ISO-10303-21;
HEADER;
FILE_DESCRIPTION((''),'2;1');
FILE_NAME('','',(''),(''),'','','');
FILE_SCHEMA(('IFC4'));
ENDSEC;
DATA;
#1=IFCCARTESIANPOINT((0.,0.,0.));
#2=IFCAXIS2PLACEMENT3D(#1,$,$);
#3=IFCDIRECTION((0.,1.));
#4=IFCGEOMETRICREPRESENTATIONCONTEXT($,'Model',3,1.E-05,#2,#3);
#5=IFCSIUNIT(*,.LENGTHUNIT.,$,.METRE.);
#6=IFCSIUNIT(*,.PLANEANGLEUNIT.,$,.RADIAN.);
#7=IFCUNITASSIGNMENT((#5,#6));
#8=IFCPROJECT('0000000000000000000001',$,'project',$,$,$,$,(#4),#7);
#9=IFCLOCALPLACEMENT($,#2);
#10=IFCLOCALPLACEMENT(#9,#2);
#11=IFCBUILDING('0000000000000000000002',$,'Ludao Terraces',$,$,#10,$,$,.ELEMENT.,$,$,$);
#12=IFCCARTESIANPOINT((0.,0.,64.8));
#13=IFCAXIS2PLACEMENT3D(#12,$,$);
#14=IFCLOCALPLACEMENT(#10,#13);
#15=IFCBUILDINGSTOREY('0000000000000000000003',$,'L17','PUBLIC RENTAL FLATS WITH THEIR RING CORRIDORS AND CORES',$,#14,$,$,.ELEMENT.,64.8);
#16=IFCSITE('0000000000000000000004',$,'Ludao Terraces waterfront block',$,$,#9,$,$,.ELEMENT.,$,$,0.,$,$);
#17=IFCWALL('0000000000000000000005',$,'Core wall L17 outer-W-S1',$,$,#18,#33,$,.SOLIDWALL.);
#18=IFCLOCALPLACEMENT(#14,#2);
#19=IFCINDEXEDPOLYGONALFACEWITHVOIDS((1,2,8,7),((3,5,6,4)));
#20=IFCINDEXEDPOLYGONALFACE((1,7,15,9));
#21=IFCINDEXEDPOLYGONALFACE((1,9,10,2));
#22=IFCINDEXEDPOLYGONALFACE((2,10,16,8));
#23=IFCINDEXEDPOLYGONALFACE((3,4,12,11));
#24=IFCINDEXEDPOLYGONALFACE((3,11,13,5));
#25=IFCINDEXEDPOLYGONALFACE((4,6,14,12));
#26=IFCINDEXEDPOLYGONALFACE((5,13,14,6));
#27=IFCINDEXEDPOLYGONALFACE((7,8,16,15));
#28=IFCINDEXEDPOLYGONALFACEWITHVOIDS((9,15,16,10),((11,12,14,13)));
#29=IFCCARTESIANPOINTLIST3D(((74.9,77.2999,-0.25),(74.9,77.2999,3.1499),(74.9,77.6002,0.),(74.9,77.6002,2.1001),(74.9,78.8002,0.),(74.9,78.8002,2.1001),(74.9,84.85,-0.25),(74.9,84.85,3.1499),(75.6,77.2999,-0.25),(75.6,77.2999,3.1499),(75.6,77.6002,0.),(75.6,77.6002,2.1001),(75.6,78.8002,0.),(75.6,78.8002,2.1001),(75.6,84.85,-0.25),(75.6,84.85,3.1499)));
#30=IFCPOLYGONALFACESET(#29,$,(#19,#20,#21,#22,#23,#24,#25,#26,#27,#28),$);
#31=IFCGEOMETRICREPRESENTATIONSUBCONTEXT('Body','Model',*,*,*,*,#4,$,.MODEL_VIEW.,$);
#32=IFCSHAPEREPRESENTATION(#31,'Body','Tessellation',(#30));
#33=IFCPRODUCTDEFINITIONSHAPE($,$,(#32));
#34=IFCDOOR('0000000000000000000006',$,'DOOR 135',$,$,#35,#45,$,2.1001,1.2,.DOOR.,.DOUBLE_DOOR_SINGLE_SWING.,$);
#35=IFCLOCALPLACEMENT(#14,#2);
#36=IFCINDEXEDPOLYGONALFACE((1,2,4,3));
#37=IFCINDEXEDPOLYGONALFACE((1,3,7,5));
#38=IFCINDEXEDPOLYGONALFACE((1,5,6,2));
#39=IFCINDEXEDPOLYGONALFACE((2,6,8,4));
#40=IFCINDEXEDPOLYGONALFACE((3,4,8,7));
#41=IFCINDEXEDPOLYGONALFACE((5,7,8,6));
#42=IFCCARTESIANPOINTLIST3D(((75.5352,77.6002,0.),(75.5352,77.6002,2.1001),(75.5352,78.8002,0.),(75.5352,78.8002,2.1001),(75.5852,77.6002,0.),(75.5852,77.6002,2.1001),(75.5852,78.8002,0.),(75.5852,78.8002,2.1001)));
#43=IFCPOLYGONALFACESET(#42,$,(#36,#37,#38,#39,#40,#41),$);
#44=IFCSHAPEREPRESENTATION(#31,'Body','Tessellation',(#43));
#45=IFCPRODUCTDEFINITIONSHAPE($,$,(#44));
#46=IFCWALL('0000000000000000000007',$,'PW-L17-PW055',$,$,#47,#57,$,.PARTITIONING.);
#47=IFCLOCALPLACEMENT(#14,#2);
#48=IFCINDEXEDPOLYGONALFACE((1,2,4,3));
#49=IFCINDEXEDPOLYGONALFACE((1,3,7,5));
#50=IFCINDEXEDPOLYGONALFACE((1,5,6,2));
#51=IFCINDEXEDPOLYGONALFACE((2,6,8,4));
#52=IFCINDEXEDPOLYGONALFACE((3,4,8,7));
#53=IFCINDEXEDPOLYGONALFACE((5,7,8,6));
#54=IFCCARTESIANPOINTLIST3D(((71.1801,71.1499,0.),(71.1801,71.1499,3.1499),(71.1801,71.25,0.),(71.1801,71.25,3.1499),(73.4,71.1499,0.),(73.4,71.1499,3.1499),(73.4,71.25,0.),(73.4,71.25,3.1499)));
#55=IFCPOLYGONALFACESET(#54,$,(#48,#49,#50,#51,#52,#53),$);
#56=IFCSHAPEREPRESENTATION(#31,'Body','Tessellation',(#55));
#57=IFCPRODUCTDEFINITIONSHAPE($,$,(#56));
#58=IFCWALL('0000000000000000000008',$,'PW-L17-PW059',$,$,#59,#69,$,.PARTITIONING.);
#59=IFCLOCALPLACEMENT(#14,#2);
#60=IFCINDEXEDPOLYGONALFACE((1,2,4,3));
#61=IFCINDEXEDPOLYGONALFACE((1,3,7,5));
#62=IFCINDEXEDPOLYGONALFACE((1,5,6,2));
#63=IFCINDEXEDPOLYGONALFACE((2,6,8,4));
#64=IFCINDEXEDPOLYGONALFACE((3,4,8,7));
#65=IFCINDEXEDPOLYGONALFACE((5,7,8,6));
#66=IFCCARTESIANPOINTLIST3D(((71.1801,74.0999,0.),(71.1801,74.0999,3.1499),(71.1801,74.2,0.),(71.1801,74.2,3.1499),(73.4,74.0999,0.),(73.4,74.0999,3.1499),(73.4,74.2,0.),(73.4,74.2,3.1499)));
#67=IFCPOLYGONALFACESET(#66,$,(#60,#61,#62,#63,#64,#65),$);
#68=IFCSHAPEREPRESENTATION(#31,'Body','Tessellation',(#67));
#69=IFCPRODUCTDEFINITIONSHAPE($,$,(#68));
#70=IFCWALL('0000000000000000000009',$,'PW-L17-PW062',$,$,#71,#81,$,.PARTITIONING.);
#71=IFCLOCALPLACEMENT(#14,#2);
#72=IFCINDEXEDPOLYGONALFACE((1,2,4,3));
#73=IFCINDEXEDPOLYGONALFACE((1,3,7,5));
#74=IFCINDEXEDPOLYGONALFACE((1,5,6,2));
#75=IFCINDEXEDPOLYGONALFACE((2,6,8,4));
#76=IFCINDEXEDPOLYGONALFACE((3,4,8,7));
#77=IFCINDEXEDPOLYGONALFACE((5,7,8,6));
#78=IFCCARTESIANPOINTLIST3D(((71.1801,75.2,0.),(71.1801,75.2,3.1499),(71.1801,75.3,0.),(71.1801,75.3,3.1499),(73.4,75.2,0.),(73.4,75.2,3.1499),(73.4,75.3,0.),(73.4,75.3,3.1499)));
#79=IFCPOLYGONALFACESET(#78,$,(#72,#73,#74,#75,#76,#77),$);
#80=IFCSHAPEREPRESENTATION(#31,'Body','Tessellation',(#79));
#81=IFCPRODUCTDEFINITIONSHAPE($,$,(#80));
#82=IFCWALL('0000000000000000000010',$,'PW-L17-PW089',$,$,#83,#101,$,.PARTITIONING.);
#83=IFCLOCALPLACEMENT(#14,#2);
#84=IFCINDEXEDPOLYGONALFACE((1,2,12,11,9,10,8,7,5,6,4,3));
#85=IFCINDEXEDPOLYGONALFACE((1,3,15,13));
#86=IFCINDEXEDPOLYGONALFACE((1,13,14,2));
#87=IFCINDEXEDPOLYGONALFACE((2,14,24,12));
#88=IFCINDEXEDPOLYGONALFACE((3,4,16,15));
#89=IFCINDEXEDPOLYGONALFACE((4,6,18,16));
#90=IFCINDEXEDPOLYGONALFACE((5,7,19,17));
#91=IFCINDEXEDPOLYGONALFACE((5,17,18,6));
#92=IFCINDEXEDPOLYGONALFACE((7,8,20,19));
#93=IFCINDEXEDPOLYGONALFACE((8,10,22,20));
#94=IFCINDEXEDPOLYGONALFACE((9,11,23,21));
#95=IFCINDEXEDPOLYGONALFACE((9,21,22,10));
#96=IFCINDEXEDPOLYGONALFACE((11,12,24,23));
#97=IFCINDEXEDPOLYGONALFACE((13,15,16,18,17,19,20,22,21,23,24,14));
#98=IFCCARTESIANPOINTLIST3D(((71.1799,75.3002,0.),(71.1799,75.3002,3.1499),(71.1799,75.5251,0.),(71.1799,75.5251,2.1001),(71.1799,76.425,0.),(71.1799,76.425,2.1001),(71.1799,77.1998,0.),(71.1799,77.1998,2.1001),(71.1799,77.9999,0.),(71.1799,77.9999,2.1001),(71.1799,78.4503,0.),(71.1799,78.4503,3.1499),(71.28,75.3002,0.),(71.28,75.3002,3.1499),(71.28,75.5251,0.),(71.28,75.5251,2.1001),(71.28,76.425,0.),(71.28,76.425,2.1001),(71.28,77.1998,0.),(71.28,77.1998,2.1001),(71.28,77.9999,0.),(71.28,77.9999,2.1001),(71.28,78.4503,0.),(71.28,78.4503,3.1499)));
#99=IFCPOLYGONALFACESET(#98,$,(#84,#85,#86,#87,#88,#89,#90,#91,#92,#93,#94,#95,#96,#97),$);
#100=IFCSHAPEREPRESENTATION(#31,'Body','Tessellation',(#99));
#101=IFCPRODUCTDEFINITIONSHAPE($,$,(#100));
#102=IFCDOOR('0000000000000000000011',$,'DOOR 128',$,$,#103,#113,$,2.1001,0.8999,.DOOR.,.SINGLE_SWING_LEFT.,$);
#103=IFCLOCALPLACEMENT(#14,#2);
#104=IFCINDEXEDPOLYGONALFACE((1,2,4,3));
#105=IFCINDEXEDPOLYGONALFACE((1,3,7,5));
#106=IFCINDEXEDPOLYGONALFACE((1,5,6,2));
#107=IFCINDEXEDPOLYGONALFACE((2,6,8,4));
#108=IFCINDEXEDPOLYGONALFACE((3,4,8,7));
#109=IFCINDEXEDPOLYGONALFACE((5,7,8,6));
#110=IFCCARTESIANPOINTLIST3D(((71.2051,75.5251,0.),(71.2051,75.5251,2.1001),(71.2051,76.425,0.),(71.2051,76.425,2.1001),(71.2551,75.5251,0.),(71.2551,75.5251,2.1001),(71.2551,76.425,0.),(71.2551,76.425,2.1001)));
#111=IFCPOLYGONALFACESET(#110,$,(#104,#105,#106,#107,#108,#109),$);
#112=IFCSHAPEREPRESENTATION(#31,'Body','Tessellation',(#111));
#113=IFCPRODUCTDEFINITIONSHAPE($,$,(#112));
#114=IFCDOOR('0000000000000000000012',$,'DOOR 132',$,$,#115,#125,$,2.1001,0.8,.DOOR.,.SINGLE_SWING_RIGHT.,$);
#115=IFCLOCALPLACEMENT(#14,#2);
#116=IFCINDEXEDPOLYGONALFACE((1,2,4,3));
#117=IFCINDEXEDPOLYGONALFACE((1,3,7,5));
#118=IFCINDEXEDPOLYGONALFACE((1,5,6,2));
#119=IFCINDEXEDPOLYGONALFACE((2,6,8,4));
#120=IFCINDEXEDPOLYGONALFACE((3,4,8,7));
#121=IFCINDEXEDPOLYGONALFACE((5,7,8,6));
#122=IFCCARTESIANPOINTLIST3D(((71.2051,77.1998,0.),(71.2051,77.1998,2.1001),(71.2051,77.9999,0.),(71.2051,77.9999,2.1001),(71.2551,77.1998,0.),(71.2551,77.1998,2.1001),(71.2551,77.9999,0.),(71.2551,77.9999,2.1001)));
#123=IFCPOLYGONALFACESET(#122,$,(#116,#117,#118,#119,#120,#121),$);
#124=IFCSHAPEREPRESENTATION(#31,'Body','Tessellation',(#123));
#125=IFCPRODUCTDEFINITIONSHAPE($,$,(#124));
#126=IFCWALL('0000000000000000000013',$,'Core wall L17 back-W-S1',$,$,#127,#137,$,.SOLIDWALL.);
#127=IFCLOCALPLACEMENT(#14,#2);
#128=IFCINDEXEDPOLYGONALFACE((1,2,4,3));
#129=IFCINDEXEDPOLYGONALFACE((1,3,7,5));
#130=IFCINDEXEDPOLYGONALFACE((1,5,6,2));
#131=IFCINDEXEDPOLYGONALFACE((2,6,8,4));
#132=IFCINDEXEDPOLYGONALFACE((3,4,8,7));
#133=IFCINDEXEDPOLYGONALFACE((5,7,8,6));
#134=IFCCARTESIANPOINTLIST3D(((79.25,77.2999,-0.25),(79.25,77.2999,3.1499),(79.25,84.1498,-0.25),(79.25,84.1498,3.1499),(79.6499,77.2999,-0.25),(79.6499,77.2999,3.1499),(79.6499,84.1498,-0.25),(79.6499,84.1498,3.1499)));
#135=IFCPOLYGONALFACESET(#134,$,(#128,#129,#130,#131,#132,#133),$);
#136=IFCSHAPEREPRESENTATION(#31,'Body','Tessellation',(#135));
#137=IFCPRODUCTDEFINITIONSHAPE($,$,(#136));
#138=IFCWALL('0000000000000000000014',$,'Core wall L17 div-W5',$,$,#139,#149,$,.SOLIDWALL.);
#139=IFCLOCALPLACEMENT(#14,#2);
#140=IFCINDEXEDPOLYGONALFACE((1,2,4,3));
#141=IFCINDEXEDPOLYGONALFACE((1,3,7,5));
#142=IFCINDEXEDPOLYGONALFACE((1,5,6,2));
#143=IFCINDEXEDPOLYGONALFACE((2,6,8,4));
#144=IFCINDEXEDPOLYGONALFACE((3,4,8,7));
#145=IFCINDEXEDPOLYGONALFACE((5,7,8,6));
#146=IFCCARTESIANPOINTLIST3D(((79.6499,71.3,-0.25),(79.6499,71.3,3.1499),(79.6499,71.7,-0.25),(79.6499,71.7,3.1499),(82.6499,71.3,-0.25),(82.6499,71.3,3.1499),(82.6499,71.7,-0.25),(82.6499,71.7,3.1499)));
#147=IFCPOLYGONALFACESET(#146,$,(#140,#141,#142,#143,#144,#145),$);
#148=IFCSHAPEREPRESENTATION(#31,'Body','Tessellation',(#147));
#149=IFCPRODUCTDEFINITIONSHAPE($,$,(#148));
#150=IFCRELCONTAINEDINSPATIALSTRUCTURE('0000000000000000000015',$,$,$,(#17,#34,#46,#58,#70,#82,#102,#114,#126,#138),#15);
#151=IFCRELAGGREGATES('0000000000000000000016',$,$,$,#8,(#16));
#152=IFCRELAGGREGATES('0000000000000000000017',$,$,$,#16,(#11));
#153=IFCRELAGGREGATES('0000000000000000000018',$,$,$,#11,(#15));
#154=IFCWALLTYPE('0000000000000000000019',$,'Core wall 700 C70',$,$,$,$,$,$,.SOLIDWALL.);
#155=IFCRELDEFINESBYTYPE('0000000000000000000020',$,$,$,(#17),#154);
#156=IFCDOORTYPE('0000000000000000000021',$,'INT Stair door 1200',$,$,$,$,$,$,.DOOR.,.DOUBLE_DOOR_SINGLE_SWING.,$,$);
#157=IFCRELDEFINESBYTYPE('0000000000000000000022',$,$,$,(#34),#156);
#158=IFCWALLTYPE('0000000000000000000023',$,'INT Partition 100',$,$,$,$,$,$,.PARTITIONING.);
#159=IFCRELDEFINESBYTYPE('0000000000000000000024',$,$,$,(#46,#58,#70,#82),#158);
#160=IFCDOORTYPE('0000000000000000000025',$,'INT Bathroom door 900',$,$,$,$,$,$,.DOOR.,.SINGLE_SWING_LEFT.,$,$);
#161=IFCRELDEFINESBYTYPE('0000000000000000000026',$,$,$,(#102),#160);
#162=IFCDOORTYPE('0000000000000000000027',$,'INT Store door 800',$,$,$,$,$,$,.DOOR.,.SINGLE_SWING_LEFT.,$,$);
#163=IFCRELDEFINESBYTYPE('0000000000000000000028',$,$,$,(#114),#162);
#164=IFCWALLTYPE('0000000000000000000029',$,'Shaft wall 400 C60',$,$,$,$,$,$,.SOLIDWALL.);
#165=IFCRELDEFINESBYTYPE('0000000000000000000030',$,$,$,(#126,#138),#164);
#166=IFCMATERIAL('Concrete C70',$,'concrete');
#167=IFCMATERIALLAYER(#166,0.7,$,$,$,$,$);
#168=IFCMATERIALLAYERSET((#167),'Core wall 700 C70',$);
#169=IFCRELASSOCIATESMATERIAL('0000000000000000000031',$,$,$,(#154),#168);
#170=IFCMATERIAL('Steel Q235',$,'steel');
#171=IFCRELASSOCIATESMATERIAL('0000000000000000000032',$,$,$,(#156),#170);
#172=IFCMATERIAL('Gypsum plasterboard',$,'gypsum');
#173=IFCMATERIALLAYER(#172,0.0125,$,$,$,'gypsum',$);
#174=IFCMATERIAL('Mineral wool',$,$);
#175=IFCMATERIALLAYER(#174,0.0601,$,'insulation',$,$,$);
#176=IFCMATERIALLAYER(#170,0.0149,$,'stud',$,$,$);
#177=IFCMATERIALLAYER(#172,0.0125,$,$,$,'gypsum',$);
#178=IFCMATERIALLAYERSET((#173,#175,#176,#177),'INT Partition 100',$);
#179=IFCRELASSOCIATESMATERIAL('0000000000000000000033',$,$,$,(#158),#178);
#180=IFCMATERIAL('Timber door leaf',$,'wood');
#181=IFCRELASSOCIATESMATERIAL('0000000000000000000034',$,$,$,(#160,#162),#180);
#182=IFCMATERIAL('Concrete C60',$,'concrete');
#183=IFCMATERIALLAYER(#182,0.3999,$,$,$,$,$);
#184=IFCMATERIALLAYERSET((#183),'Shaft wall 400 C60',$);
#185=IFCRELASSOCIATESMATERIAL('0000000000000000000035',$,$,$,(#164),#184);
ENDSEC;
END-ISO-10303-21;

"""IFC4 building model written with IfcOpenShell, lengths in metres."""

from ifc_helpers import new_model, si_unit, direction, frame, frame_2d, origin, place, context, subcontext, project, spatial, rectangle, extrude, material, layer, layer_set, type_object, element, fill, save


model = new_model("IFC4")

# Units and contexts
model_context = context("Model", 3, precision=1e-05, world=origin(), true_north=direction((0.0, 1.0)))
body_context = subcontext(model_context, "Body", "Model", "MODEL_VIEW")
ifc_project = project(units=[si_unit("LENGTHUNIT", "METRE"), si_unit("PLANEANGLEUNIT", "RADIAN")], contexts=[model_context])

# Site, building, storey
site_placement = place(None, origin())
site = spatial("IfcSite", under=ifc_project, at=site_placement, Name="Ludao Terraces waterfront block", CompositionType="ELEMENT", RefElevation=0.0)
building_placement = place(site_placement, origin())
building = spatial("IfcBuilding", under=site, at=building_placement, Name="Ludao Terraces", CompositionType="ELEMENT")
storey_placement = place(building_placement, frame((0.0, 0.0, 64.8)))
storey = spatial("IfcBuildingStorey", under=building, at=storey_placement, Name="L17", Description="PUBLIC RENTAL FLATS WITH THEIR RING CORRIDORS AND CORES", CompositionType="ELEMENT", Elevation=64.8)

# Wall, opening, door
ifc_material_1 = material(Name="Concrete C70", Category="concrete")
ifc_layer_1 = layer(ifc_material_1, 0.7)
ifc_layer_set_1 = layer_set([ifc_layer_1], Name="Core wall 700 C70")
wall_type_1 = type_object("IfcWallType", Name="Core wall 700 C70", PredefinedType="SOLIDWALL", material=ifc_layer_set_1)
wall_1_placement = place(storey_placement, frame((75.25, 77.3, -0.25), z_axis=(0.0, 0.0, 1.0), x_axis=(0.0, 1.0, 0.0)))
wall_1 = element("IfcWall", 1, at=wall_1_placement, inside=storey, type_object=wall_type_1, Name="Core wall L17 outer-W-S1", PredefinedType="SOLIDWALL", context=body_context, shape_type="SweptSolid", body=[
    extrude(rectangle(XDim=7.55, YDim=0.7, at=frame_2d((3.7749, 0.0))), origin(), (0.0, 0.0, 1.0), 3.3999),
])
opening_1_placement = place(wall_1_placement, frame((0.3, 0.0, 0.25)))
opening_1 = element("IfcOpeningElement", 2, at=opening_1_placement, cuts=wall_1, PredefinedType="OPENING", context=body_context, shape_type="SweptSolid", body=[
    extrude(rectangle(XDim=1.2, YDim=2.1001, at=frame_2d((0.6001, 1.05))), frame((0.0, 0.3599, 0.0), z_axis=(0.0, -1.0, 0.0), x_axis=(1.0, 0.0, 0.0)), (0.0, 0.0, 1.0), 0.72),
])
ifc_material_2 = material(Name="Steel Q235", Category="steel")
door_type_1 = type_object("IfcDoorType", Name="INT Stair door 1200", OperationType="DOUBLE_DOOR_SINGLE_SWING", PredefinedType="DOOR", material=ifc_material_2)
door_1_placement = place(opening_1_placement, origin())
door_1 = element("IfcDoor", 3, at=door_1_placement, inside=storey, type_object=door_type_1, Name="DOOR 135", OperationType="DOUBLE_DOOR_SINGLE_SWING", OverallHeight=2.1001, OverallWidth=1.2, PredefinedType="DOOR", context=body_context, shape_type="SweptSolid", body=[
    extrude(rectangle(XDim=1.2, YDim=2.1001, at=frame_2d((0.6001, 1.05))), frame((0.0, -0.2852, 0.0), z_axis=(0.0, -1.0, 0.0), x_axis=(1.0, 0.0, 0.0)), (0.0, 0.0, 1.0), 0.05),
])
fill(opening_1, door_1)

# Walls
ifc_material_3 = material(Name="Gypsum plasterboard", Category="gypsum")
ifc_layer_2 = layer(ifc_material_3, 0.0125, Category="gypsum")
ifc_material_4 = material(Name="Mineral wool")
ifc_layer_3 = layer(ifc_material_4, 0.0601, Name="insulation")
ifc_layer_4 = layer(ifc_material_2, 0.0149, Name="stud")
ifc_layer_5 = layer(ifc_material_3, 0.0125, Category="gypsum")
ifc_layer_set_2 = layer_set([ifc_layer_2, ifc_layer_3, ifc_layer_4, ifc_layer_5], Name="INT Partition 100")
wall_type_2 = type_object("IfcWallType", Name="INT Partition 100", PredefinedType="PARTITIONING", material=ifc_layer_set_2)
for number, where, z_axis, x_axis, name in (
    (4, (71.1802, 71.2, 0.0), (0.0, 0.0, 1.0), (1.0, 0.0, 0.0), "PW-L17-PW055"),
    (5, (71.1802, 74.1499, 0.0), (0.0, 0.0, 1.0), (1.0, 0.0, 0.0), "PW-L17-PW059"),
    (6, (71.1802, 75.25, 0.0), (0.0, 0.0, 1.0), (1.0, 0.0, 0.0), "PW-L17-PW062"),
):
    element("IfcWall", number, at=place(storey_placement, frame(where, z_axis=z_axis, x_axis=x_axis)), inside=storey, type_object=wall_type_2, Name=name, PredefinedType="PARTITIONING", context=body_context, shape_type="SweptSolid", body=[
        extrude(rectangle(XDim=2.22, YDim=0.1001, at=frame_2d((1.1099, 0.0))), origin(), (0.0, 0.0, 1.0), 3.1499),
    ])

# Wall, openings, doors
wall_2_placement = place(storey_placement, frame((71.23, 75.3, 0.0), z_axis=(0.0, 0.0, 1.0), x_axis=(0.0, 1.0, 0.0)))
wall_2 = element("IfcWall", 7, at=wall_2_placement, inside=storey, type_object=wall_type_2, Name="PW-L17-PW089", PredefinedType="PARTITIONING", context=body_context, shape_type="SweptSolid", body=[
    extrude(rectangle(XDim=3.1501, YDim=0.1001, at=frame_2d((1.5752, 0.0))), origin(), (0.0, 0.0, 1.0), 3.1499),
])
opening_2_placement = place(wall_2_placement, frame((0.2251, 0.0, 0.0)))
opening_2 = element("IfcOpeningElement", 8, at=opening_2_placement, cuts=wall_2, PredefinedType="OPENING", context=body_context, shape_type="SweptSolid", body=[
    extrude(rectangle(XDim=0.8999, YDim=2.1001, at=frame_2d((0.45, 1.05))), frame((0.0, 0.0601, 0.0), z_axis=(0.0, -1.0, 0.0), x_axis=(1.0, 0.0, 0.0)), (0.0, 0.0, 1.0), 0.1201),
])
opening_3_placement = place(wall_2_placement, frame((1.8999, 0.0, 0.0)))
opening_3 = element("IfcOpeningElement", 9, at=opening_3_placement, cuts=wall_2, PredefinedType="OPENING", context=body_context, shape_type="SweptSolid", body=[
    extrude(rectangle(XDim=0.8, YDim=2.1001, at=frame_2d((0.3999, 1.05))), frame((0.0, 0.0601, 0.0), z_axis=(0.0, -1.0, 0.0), x_axis=(1.0, 0.0, 0.0)), (0.0, 0.0, 1.0), 0.1201),
])
ifc_material_5 = material(Name="Timber door leaf", Category="wood")
door_type_2 = type_object("IfcDoorType", Name="INT Bathroom door 900", OperationType="SINGLE_SWING_LEFT", PredefinedType="DOOR", material=ifc_material_5)
door_2_placement = place(opening_2_placement, origin())
door_2 = element("IfcDoor", 10, at=door_2_placement, inside=storey, type_object=door_type_2, Name="DOOR 128", OperationType="SINGLE_SWING_LEFT", OverallHeight=2.1001, OverallWidth=0.8999, PredefinedType="DOOR", context=body_context, shape_type="SweptSolid", body=[
    extrude(rectangle(XDim=0.8999, YDim=2.1001, at=frame_2d((0.45, 1.05))), frame((0.0, 0.0249, 0.0), z_axis=(0.0, -1.0, 0.0), x_axis=(1.0, 0.0, 0.0)), (0.0, 0.0, 1.0), 0.05),
])
fill(opening_2, door_2)
door_type_3 = type_object("IfcDoorType", Name="INT Store door 800", OperationType="SINGLE_SWING_LEFT", PredefinedType="DOOR", material=ifc_material_5)
door_3_placement = place(opening_3_placement, origin())
door_3 = element("IfcDoor", 11, at=door_3_placement, inside=storey, type_object=door_type_3, Name="DOOR 132", OperationType="SINGLE_SWING_RIGHT", OverallHeight=2.1001, OverallWidth=0.8, PredefinedType="DOOR", context=body_context, shape_type="SweptSolid", body=[
    extrude(rectangle(XDim=0.8, YDim=2.1001, at=frame_2d((0.3999, 1.05))), frame((0.0, 0.0249, 0.0), z_axis=(0.0, -1.0, 0.0), x_axis=(1.0, 0.0, 0.0)), (0.0, 0.0, 1.0), 0.05),
])
fill(opening_3, door_3)

# Walls
ifc_material_6 = material(Name="Concrete C60", Category="concrete")
ifc_layer_6 = layer(ifc_material_6, 0.3999)
ifc_layer_set_3 = layer_set([ifc_layer_6], Name="Shaft wall 400 C60")
wall_type_3 = type_object("IfcWallType", Name="Shaft wall 400 C60", PredefinedType="SOLIDWALL", material=ifc_layer_set_3)
wall_3_placement = place(storey_placement, frame((79.45, 77.3, -0.25), z_axis=(0.0, 0.0, 1.0), x_axis=(0.0, 1.0, 0.0)))
element("IfcWall", 12, at=wall_3_placement, inside=storey, type_object=wall_type_3, Name="Core wall L17 back-W-S1", PredefinedType="SOLIDWALL", context=body_context, shape_type="SweptSolid", body=[
    extrude(rectangle(XDim=6.8499, YDim=0.3999, at=frame_2d((3.4248, 0.0))), origin(), (0.0, 0.0, 1.0), 3.3999),
])
wall_4_placement = place(storey_placement, frame((79.6499, 71.5, -0.25), z_axis=(0.0, 0.0, 1.0), x_axis=(1.0, 0.0, 0.0)))
element("IfcWall", 13, at=wall_4_placement, inside=storey, type_object=wall_type_3, Name="Core wall L17 div-W5", PredefinedType="SOLIDWALL", context=body_context, shape_type="SweptSolid", body=[
    extrude(rectangle(XDim=3.0, YDim=0.3999, at=frame_2d((1.5, 0.0))), origin(), (0.0, 0.0, 1.0), 3.3999),
])

save(model, "model.ifc")
